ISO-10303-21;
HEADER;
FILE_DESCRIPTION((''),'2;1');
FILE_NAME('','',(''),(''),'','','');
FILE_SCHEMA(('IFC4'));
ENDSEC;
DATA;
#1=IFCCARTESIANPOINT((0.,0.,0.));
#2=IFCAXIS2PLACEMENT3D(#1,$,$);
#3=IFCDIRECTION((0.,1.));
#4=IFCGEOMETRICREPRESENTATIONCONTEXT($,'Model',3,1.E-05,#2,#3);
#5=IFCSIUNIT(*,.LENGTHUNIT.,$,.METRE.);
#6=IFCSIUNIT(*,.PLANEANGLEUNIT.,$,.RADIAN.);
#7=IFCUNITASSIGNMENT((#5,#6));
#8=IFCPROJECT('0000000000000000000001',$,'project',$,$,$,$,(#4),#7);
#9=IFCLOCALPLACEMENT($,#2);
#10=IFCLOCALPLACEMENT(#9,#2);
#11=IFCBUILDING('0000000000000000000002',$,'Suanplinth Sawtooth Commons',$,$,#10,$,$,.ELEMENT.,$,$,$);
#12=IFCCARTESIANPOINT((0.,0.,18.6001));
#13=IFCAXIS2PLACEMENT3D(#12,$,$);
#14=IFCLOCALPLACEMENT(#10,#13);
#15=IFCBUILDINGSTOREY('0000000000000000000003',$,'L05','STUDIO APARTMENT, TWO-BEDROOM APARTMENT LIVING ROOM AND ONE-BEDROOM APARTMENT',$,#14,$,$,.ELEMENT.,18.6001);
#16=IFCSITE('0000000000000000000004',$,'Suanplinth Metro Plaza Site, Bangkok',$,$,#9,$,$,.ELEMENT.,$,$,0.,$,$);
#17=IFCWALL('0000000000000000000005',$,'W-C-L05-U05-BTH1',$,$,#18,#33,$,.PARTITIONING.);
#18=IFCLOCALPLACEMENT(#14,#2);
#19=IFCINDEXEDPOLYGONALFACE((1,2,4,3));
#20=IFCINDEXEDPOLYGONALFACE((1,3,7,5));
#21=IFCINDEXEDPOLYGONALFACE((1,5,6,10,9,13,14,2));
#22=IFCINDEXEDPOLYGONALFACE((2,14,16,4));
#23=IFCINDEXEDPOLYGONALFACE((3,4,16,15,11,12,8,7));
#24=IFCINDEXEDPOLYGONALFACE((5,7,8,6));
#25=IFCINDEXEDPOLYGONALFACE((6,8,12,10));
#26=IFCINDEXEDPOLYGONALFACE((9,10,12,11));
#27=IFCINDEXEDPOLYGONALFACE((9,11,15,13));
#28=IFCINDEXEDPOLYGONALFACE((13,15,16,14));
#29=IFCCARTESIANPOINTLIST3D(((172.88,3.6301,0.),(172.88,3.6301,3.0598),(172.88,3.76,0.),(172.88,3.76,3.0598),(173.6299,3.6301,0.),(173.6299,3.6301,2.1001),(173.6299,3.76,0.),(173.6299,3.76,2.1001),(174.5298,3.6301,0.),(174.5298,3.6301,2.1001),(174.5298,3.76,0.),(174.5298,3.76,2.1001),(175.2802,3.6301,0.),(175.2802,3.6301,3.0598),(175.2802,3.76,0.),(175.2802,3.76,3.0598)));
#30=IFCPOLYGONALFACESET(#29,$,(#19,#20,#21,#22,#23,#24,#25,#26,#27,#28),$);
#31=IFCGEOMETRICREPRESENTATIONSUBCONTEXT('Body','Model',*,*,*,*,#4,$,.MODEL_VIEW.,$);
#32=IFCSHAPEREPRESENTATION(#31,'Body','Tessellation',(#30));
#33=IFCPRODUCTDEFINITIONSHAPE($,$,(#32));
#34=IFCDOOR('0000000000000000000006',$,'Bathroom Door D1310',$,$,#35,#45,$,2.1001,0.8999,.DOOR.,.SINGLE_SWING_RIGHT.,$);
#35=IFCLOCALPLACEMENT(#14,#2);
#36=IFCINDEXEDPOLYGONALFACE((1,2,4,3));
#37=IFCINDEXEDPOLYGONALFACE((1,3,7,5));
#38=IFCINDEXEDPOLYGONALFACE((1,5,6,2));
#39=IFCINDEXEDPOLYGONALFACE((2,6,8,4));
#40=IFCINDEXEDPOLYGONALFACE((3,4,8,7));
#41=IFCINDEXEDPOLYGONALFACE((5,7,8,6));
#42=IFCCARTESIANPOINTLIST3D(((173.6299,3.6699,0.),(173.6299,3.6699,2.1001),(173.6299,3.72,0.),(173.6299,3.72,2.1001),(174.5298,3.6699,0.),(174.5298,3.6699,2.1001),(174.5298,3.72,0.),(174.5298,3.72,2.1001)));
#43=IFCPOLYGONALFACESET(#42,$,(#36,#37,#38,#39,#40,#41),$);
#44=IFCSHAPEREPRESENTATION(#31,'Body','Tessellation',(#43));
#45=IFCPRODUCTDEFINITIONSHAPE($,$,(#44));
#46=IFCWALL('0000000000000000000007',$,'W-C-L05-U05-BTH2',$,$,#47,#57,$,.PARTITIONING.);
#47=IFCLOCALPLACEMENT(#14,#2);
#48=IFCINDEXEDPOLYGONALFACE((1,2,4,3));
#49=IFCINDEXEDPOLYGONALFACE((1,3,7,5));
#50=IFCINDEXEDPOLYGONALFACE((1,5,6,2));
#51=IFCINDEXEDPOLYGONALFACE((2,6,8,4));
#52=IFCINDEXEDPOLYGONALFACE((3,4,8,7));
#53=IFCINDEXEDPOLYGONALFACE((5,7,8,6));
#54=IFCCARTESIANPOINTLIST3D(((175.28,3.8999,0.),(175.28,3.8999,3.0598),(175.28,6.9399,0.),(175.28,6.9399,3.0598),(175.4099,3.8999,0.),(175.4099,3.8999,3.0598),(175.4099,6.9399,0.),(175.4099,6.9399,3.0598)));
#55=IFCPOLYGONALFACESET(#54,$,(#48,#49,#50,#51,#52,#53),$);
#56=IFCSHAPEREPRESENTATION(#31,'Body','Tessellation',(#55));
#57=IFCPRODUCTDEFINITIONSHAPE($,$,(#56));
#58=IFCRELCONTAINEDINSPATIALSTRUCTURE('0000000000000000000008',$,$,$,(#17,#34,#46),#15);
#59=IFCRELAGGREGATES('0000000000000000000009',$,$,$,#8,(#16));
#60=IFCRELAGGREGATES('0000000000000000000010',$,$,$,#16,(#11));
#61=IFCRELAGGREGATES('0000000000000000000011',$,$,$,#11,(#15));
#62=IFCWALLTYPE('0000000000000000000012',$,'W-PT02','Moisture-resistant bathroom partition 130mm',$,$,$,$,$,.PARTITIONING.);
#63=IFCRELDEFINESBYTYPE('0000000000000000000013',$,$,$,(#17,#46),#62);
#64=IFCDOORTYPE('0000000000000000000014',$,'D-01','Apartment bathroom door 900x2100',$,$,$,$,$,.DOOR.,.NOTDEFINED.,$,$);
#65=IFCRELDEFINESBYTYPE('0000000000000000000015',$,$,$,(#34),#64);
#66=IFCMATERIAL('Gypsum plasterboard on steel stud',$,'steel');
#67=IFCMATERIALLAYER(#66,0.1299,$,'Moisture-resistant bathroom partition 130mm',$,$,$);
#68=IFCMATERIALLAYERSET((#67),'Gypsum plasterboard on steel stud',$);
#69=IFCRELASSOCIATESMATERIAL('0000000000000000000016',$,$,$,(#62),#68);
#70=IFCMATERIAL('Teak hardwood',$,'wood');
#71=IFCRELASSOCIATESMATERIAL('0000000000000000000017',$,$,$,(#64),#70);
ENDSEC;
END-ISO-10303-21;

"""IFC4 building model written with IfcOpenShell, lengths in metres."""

from ifc_helpers import new_model, si_unit, direction, frame, frame_2d, origin, place, context, subcontext, project, spatial, rectangle, extrude, material, layer, layer_set, type_object, element, fill, save


model = new_model("IFC4")

# Units and contexts
model_context = context("Model", 3, precision=1e-05, world=origin(), true_north=direction((0.0, 1.0)))
body_context = subcontext(model_context, "Body", "Model", "MODEL_VIEW")
ifc_project = project(units=[si_unit("LENGTHUNIT", "METRE"), si_unit("PLANEANGLEUNIT", "RADIAN")], contexts=[model_context])

# Site, building, storey
site_placement = place(None, origin())
site = spatial("IfcSite", under=ifc_project, at=site_placement, Name="Suanplinth Metro Plaza Site, Bangkok", CompositionType="ELEMENT", RefElevation=0.0)
building_placement = place(site_placement, origin())
building = spatial("IfcBuilding", under=site, at=building_placement, Name="Suanplinth Sawtooth Commons", CompositionType="ELEMENT")
storey_placement = place(building_placement, frame((0.0, 0.0, 18.6001)))
storey = spatial("IfcBuildingStorey", under=building, at=storey_placement, Name="L05", Description="STUDIO APARTMENT, TWO-BEDROOM APARTMENT LIVING ROOM AND ONE-BEDROOM APARTMENT", CompositionType="ELEMENT", Elevation=18.6001)

# Shared definitions
ifc_material_1 = material(Name="Gypsum plasterboard on steel stud", Category="steel")

# Wall, opening, door
ifc_material_2 = material(Name="Teak hardwood", Category="wood")
ifc_layer_1 = layer(ifc_material_1, 0.1299, Name="Moisture-resistant bathroom partition 130mm")
ifc_layer_set_1 = layer_set([ifc_layer_1], Name="Gypsum plasterboard on steel stud")
wall_type_1 = type_object("IfcWallType", Name="W-PT02", Description="Moisture-resistant bathroom partition 130mm", PredefinedType="PARTITIONING", material=ifc_layer_set_1)
wall_1_placement = place(storey_placement, frame((172.8799, 3.6951, 0.0), z_axis=(0.0, 0.0, 1.0), x_axis=(1.0, 0.0, 0.0)))
wall_1 = element("IfcWall", 1, at=wall_1_placement, inside=storey, type_object=wall_type_1, Name="W-C-L05-U05-BTH1", PredefinedType="PARTITIONING", context=body_context, shape_type="SweptSolid", body=[
    extrude(rectangle(XDim=2.4001, YDim=0.1299, at=frame_2d((1.2002, 0.0))), origin(), (0.0, 0.0, 1.0), 3.0598),
])
opening_1_placement = place(wall_1_placement, frame((0.75, 0.0, 0.0)))
opening_1 = element("IfcOpeningElement", 2, at=opening_1_placement, cuts=wall_1, PredefinedType="OPENING", context=body_context, shape_type="SweptSolid", body=[
    extrude(rectangle(XDim=0.8999, YDim=2.1001, at=frame_2d((0.45, 1.05))), frame((0.0, 0.0798, 0.0), z_axis=(0.0, -1.0, 0.0), x_axis=(1.0, 0.0, 0.0)), (0.0, 0.0, 1.0), 0.1597),
])
door_type_1 = type_object("IfcDoorType", Name="D-01", Description="Apartment bathroom door 900x2100", OperationType="NOTDEFINED", PredefinedType="DOOR", material=ifc_material_2)
door_1_placement = place(opening_1_placement, origin())
door_1 = element("IfcDoor", 3, at=door_1_placement, inside=storey, type_object=door_type_1, Name="Bathroom Door D1310", OperationType="SINGLE_SWING_RIGHT", OverallHeight=2.1001, OverallWidth=0.8999, PredefinedType="DOOR", context=body_context, shape_type="SweptSolid", body=[
    extrude(rectangle(XDim=0.8999, YDim=2.1001, at=frame_2d((0.45, 1.05))), frame((0.0, 0.0249, 0.0), z_axis=(0.0, -1.0, 0.0), x_axis=(1.0, 0.0, 0.0)), (0.0, 0.0, 1.0), 0.05),
])
fill(opening_1, door_1)

# Wall
wall_2_placement = place(storey_placement, frame((175.345, 3.8999, 0.0), z_axis=(0.0, 0.0, 1.0), x_axis=(0.0, 1.0, 0.0)))
element("IfcWall", 4, at=wall_2_placement, inside=storey, type_object=wall_type_1, Name="W-C-L05-U05-BTH2", PredefinedType="PARTITIONING", context=body_context, shape_type="SweptSolid", body=[
    extrude(rectangle(XDim=3.04, YDim=0.1299, at=frame_2d((1.52, 0.0))), origin(), (0.0, 0.0, 1.0), 3.0598),
])

save(model, "model.ifc")
